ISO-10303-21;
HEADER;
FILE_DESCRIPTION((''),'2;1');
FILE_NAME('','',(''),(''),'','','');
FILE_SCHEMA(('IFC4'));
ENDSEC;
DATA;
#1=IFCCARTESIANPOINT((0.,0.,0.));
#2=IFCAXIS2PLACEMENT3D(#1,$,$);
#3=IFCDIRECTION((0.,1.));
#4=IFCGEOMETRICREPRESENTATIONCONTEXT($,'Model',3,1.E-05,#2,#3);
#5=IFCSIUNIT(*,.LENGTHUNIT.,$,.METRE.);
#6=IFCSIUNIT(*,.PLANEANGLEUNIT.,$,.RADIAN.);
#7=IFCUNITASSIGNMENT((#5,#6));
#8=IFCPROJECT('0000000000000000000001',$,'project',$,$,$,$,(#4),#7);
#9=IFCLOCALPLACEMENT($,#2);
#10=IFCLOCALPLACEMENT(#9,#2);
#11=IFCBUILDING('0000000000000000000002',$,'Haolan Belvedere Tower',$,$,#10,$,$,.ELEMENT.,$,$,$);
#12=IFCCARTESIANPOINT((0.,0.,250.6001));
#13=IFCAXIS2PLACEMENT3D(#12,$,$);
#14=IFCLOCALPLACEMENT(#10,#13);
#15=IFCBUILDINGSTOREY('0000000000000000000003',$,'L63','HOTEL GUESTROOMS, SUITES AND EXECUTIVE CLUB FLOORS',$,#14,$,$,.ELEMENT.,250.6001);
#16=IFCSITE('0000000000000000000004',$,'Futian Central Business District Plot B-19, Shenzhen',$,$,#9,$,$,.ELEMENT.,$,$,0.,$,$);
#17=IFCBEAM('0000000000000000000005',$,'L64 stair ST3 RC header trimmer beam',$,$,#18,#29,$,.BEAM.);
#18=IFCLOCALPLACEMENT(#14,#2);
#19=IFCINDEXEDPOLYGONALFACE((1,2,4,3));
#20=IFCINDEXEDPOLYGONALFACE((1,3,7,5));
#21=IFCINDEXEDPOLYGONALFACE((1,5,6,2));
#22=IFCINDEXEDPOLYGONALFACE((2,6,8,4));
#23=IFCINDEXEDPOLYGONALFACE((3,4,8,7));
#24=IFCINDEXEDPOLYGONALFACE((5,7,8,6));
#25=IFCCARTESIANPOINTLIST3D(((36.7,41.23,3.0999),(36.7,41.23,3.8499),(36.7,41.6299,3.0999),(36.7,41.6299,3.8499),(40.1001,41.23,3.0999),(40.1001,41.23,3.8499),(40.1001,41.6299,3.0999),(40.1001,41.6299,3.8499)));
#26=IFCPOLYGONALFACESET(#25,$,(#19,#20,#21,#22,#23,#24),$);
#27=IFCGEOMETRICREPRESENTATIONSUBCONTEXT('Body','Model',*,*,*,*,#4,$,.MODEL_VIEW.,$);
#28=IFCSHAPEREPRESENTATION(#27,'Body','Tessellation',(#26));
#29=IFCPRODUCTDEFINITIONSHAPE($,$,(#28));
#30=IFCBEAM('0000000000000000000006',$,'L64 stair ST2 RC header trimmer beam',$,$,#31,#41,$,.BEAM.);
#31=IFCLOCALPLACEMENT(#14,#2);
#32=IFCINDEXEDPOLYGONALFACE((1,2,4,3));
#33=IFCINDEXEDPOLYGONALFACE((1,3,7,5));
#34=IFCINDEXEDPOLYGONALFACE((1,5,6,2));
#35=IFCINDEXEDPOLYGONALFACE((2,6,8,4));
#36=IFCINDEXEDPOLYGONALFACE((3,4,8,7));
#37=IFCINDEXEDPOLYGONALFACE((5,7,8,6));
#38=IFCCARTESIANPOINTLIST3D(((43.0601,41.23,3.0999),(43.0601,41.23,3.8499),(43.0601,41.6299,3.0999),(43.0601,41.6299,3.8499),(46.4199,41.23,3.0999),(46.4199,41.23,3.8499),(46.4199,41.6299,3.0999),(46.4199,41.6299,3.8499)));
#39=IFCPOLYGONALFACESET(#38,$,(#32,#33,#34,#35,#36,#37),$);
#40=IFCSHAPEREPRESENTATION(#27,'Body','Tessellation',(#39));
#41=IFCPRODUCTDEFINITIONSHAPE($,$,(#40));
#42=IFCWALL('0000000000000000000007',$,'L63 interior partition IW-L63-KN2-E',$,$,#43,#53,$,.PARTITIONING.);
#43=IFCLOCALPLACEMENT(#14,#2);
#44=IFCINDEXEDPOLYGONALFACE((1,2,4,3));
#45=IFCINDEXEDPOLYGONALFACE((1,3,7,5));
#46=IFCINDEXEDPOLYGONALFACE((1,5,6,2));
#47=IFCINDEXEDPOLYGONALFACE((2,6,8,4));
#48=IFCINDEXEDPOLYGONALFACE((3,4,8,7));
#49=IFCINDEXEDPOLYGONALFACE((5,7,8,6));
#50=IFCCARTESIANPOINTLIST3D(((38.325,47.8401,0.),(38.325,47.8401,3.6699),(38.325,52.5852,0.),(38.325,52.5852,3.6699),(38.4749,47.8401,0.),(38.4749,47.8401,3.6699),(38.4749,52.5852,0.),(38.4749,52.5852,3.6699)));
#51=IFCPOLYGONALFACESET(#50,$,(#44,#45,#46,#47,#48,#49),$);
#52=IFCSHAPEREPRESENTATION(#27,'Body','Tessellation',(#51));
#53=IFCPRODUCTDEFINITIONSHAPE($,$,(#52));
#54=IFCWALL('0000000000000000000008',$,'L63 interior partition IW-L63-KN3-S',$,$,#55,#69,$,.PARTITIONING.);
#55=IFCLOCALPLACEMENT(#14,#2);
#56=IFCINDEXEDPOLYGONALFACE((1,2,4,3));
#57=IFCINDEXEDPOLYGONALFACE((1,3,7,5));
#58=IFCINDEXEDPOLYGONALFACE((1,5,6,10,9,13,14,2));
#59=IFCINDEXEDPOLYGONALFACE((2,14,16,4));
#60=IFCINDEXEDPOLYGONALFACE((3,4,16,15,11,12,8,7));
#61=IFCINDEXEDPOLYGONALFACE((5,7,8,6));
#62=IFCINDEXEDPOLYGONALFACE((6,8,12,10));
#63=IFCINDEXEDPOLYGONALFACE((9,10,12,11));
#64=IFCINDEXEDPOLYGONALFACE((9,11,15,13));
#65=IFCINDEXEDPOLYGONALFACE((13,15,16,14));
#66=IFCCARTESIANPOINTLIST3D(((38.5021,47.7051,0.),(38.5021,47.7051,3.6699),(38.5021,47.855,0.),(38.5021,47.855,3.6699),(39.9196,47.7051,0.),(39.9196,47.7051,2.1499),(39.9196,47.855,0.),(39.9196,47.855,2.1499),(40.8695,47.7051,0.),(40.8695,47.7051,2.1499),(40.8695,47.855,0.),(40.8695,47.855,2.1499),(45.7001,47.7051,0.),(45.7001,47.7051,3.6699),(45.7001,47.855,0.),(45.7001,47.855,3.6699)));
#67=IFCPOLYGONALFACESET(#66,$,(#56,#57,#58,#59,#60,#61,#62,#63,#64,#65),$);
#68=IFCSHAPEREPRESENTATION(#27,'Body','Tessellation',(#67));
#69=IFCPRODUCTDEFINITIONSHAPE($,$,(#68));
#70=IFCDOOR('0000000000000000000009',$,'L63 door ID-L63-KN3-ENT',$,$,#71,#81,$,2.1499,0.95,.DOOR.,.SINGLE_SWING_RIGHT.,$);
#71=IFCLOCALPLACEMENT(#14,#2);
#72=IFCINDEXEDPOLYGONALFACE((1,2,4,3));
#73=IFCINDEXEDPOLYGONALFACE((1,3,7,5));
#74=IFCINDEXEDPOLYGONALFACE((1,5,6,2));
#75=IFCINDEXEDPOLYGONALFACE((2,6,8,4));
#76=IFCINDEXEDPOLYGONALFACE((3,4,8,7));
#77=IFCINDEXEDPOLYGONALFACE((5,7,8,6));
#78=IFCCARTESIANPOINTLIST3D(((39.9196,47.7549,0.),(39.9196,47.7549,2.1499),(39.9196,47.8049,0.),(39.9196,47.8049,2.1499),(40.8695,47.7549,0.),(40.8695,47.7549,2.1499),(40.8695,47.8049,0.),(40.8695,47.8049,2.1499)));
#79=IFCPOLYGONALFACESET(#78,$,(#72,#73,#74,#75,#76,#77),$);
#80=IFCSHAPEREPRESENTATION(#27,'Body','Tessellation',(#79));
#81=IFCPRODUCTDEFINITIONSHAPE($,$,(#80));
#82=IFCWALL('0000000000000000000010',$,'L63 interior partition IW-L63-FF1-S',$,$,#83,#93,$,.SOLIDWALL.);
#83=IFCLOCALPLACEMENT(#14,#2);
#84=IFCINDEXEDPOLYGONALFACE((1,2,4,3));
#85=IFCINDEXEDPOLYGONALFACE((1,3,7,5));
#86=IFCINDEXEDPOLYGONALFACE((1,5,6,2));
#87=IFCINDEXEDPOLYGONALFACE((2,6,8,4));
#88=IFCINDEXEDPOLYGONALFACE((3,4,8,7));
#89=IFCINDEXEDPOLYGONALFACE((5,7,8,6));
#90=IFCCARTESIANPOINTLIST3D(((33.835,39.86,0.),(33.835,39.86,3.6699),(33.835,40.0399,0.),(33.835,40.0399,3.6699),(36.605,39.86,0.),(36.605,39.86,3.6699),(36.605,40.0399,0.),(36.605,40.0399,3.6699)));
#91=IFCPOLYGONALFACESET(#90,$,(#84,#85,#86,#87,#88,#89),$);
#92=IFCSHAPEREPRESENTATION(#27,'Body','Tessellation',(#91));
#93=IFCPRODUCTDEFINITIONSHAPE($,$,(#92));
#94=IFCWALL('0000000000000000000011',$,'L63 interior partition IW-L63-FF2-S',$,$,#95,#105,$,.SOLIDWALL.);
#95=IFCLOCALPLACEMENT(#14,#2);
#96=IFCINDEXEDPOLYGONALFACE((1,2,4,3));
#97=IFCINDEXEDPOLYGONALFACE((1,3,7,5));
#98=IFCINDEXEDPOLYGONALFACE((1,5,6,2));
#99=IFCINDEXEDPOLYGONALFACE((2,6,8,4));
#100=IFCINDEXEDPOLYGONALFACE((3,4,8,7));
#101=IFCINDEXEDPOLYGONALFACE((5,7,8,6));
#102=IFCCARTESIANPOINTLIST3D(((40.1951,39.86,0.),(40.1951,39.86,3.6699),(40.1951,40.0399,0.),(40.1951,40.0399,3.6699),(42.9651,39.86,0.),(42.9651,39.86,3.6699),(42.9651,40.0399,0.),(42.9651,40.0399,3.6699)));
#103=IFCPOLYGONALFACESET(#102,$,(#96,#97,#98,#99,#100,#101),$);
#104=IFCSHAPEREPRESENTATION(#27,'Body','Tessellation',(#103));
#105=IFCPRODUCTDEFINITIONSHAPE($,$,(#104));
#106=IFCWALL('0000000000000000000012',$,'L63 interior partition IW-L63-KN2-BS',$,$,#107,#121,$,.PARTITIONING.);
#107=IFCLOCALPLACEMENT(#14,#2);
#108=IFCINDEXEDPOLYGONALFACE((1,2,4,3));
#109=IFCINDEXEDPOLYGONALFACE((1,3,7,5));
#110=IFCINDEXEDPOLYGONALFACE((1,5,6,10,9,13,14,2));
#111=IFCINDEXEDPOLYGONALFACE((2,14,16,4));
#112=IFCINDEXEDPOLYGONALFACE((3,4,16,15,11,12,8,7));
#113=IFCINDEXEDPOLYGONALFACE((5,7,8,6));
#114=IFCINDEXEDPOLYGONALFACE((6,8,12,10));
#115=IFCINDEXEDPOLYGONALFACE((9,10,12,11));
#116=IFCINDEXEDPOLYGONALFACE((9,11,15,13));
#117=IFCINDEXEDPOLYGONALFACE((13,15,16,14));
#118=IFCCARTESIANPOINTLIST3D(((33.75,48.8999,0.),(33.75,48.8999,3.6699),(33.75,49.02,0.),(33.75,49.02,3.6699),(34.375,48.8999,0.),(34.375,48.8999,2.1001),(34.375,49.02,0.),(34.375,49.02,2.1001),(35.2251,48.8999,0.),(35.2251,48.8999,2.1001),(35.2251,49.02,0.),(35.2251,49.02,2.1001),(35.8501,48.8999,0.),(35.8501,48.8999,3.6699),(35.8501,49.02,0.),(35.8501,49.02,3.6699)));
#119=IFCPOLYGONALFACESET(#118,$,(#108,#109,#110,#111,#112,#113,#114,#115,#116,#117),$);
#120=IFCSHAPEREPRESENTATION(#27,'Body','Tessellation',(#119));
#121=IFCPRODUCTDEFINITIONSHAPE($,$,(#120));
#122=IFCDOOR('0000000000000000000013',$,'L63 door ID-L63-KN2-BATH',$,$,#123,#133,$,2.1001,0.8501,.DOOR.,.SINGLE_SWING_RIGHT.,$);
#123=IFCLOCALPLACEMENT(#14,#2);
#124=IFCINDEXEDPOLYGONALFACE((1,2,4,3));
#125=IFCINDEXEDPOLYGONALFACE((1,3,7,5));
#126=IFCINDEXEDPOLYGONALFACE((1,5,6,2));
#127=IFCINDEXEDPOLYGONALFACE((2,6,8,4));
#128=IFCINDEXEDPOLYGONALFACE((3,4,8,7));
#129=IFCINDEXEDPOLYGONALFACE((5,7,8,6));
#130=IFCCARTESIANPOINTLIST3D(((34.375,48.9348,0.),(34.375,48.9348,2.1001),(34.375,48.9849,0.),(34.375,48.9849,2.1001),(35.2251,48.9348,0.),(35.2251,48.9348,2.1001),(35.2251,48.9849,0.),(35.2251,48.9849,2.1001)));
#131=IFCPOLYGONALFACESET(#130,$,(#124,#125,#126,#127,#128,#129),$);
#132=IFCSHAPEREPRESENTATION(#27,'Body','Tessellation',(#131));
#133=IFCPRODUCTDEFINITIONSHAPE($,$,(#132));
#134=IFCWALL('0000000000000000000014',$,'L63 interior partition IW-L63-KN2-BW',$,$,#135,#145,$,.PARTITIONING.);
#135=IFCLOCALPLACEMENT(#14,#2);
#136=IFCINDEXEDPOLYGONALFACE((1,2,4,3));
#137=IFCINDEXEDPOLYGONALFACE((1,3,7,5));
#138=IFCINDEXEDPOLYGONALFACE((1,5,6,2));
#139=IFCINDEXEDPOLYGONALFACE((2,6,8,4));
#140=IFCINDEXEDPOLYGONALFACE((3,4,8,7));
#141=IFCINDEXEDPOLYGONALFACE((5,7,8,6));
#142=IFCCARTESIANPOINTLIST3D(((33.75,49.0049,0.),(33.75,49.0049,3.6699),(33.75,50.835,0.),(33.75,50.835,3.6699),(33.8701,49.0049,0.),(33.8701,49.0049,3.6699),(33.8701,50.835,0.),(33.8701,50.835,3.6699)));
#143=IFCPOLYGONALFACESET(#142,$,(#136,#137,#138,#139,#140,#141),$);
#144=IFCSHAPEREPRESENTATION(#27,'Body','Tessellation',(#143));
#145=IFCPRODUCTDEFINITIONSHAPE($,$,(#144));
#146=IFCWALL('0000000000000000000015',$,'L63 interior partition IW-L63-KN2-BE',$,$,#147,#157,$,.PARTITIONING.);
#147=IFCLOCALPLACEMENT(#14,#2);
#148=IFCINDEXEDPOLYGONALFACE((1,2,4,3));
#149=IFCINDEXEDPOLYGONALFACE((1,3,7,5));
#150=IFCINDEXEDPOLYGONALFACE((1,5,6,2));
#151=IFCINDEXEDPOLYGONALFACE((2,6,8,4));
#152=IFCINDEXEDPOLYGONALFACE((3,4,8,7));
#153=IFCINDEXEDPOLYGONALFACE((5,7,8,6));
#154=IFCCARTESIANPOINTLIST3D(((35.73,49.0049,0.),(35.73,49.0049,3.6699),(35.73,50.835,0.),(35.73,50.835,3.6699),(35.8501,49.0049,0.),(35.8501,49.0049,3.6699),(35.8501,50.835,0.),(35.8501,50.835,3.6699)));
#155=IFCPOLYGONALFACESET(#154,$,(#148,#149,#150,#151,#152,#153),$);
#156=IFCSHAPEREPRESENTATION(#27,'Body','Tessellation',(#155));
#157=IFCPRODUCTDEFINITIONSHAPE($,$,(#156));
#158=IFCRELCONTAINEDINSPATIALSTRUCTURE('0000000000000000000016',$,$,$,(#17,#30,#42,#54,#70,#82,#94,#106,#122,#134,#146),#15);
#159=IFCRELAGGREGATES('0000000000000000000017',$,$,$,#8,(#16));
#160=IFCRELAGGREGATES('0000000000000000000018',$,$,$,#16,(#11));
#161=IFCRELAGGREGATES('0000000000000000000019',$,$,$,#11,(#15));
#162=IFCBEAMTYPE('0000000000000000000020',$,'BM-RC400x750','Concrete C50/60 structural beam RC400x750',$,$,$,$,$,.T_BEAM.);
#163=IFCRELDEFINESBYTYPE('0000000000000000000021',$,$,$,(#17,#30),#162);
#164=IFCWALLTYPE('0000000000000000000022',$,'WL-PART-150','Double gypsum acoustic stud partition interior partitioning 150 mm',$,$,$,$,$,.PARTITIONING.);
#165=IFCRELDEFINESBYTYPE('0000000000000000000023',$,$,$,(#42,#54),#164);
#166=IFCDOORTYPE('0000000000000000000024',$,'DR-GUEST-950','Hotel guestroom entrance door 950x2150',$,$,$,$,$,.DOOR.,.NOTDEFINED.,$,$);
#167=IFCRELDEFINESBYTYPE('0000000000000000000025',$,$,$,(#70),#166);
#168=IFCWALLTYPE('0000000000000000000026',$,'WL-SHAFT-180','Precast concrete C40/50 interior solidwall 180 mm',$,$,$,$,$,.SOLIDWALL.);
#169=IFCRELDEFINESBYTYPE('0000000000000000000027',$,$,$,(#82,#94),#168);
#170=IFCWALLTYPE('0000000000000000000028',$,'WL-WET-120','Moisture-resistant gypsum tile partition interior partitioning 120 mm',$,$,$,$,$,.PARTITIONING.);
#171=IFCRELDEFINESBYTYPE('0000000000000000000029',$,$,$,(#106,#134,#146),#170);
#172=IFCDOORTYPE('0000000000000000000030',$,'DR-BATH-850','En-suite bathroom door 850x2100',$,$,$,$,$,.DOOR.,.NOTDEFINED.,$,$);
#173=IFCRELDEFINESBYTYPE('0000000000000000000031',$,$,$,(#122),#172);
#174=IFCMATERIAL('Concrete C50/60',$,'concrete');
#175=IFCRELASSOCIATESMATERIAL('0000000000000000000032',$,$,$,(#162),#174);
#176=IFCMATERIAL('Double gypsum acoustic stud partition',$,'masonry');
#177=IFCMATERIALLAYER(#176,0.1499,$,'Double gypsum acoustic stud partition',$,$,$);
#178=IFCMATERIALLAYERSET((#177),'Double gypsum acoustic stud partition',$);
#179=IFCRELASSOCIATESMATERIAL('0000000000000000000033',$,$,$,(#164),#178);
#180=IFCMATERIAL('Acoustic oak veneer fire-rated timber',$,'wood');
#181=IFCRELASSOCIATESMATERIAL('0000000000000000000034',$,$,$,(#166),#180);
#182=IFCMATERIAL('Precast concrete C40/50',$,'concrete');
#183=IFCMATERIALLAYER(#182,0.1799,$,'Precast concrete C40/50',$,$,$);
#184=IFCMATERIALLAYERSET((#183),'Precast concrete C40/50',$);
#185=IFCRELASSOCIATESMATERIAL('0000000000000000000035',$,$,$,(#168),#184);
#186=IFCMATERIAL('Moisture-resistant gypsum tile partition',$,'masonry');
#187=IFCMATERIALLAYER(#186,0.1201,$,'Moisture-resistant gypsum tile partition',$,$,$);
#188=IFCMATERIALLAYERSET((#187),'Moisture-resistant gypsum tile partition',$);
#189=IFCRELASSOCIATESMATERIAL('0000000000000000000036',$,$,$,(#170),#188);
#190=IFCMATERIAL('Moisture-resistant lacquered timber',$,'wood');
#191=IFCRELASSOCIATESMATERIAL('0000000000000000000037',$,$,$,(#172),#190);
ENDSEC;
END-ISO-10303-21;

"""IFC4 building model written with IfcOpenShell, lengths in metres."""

from ifc_helpers import new_model, si_unit, direction, frame, frame_2d, origin, origin_2d, place, context, subcontext, project, spatial, rectangle, extrude, material, layer, layer_set, material_profile, profile_set, type_object, element, fill, save


model = new_model("IFC4")

# Units and contexts
model_context = context("Model", 3, precision=1e-05, world=origin(), true_north=direction((0.0, 1.0)))
body_context = subcontext(model_context, "Body", "Model", "MODEL_VIEW")
ifc_project = project(units=[si_unit("LENGTHUNIT", "METRE"), si_unit("PLANEANGLEUNIT", "RADIAN")], contexts=[model_context])

# Site, building, storey
site_placement = place(None, origin())
site = spatial("IfcSite", under=ifc_project, at=site_placement, Name="Futian Central Business District Plot B-19, Shenzhen", CompositionType="ELEMENT", RefElevation=0.0)
building_placement = place(site_placement, origin())
building = spatial("IfcBuilding", under=site, at=building_placement, Name="Haolan Belvedere Tower", CompositionType="ELEMENT")
storey_placement = place(building_placement, frame((0.0, 0.0, 250.6001)))
storey = spatial("IfcBuildingStorey", under=building, at=storey_placement, Name="L63", Description="HOTEL GUESTROOMS, SUITES AND EXECUTIVE CLUB FLOORS", CompositionType="ELEMENT", Elevation=250.6001)

# Beams
ifc_material_1 = material(Name="Concrete C50/60", Category="concrete")
ifc_material_profile = material_profile(ifc_material_1, rectangle(XDim=0.3999, YDim=0.75, at=origin_2d()), Name="Concrete C50/60")
ifc_profile_set = profile_set([ifc_material_profile], Name="Concrete C50/60")
beam_type = type_object("IfcBeamType", Name="BM-RC400x750", Description="Concrete C50/60 structural beam RC400x750", PredefinedType="T_BEAM", material=ifc_profile_set)
beam_1_placement = place(storey_placement, frame((36.7, 41.4299, 3.4749), z_axis=(1.0, 0.0, 0.0), x_axis=(0.0, 1.0, 0.0)))
element("IfcBeam", 1, at=beam_1_placement, inside=storey, type_object=beam_type, Name="L64 stair ST3 RC header trimmer beam", PredefinedType="BEAM", context=body_context, shape_type="SweptSolid", body=[
    extrude(rectangle(XDim=0.3999, YDim=0.75, at=origin_2d()), origin(), (0.0, 0.0, 1.0), 3.4001),
])
beam_2_placement = place(storey_placement, frame((43.0601, 41.4299, 3.4749), z_axis=(1.0, 0.0, 0.0), x_axis=(0.0, 1.0, 0.0)))
element("IfcBeam", 2, at=beam_2_placement, inside=storey, type_object=beam_type, Name="L64 stair ST2 RC header trimmer beam", PredefinedType="BEAM", context=body_context, shape_type="SweptSolid", body=[
    extrude(rectangle(XDim=0.3999, YDim=0.75, at=origin_2d()), origin(), (0.0, 0.0, 1.0), 3.3599),
])

# Wall
ifc_material_2 = material(Name="Double gypsum acoustic stud partition", Category="masonry")
ifc_layer_1 = layer(ifc_material_2, 0.1499, Name="Double gypsum acoustic stud partition")
ifc_layer_set_1 = layer_set([ifc_layer_1], Name="Double gypsum acoustic stud partition")
wall_type_1 = type_object("IfcWallType", Name="WL-PART-150", Description="Double gypsum acoustic stud partition interior partitioning 150 mm", PredefinedType="PARTITIONING", material=ifc_layer_set_1)
wall_1_placement = place(storey_placement, frame((38.3999, 47.8401, 0.0), z_axis=(0.0, 0.0, 1.0), x_axis=(0.0, 1.0, 0.0)))
element("IfcWall", 3, at=wall_1_placement, inside=storey, type_object=wall_type_1, Name="L63 interior partition IW-L63-KN2-E", PredefinedType="PARTITIONING", context=body_context, shape_type="SweptSolid", body=[
    extrude(rectangle(XDim=4.7451, YDim=0.1499, at=frame_2d((2.3726, 0.0))), origin(), (0.0, 0.0, 1.0), 3.6699),
])

# Wall, opening, door
wall_2_placement = place(storey_placement, frame((38.502, 47.78, 0.0), z_axis=(0.0, 0.0, 1.0), x_axis=(1.0, 0.0, 0.0)))
wall_2 = element("IfcWall", 4, at=wall_2_placement, inside=storey, type_object=wall_type_1, Name="L63 interior partition IW-L63-KN3-S", PredefinedType="PARTITIONING", context=body_context, shape_type="SweptSolid", body=[
    extrude(rectangle(XDim=7.198, YDim=0.1499, at=frame_2d((3.5991, 0.0))), origin(), (0.0, 0.0, 1.0), 3.6699),
])
opening_1_placement = place(wall_2_placement, frame((1.4175, 0.0, 0.0)))
opening_1 = element("IfcOpeningElement", 5, at=opening_1_placement, cuts=wall_2, PredefinedType="OPENING", context=body_context, shape_type="SweptSolid", body=[
    extrude(rectangle(XDim=0.95, YDim=2.1499, at=frame_2d((0.4751, 1.075))), frame((0.0, 0.085, 0.0), z_axis=(0.0, -1.0, 0.0), x_axis=(1.0, 0.0, 0.0)), (0.0, 0.0, 1.0), 0.1699),
])
ifc_material_3 = material(Name="Acoustic oak veneer fire-rated timber", Category="wood")
door_type_1 = type_object("IfcDoorType", Name="DR-GUEST-950", Description="Hotel guestroom entrance door 950x2150", OperationType="NOTDEFINED", PredefinedType="DOOR", material=ifc_material_3)
door_1_placement = place(opening_1_placement, origin())
door_1 = element("IfcDoor", 6, at=door_1_placement, inside=storey, type_object=door_type_1, Name="L63 door ID-L63-KN3-ENT", OperationType="SINGLE_SWING_RIGHT", OverallHeight=2.1499, OverallWidth=0.95, PredefinedType="DOOR", context=body_context, shape_type="SweptSolid", body=[
    extrude(rectangle(XDim=0.95, YDim=2.1499, at=frame_2d((0.4751, 1.075))), frame((0.0, 0.0249, 0.0), z_axis=(0.0, -1.0, 0.0), x_axis=(1.0, 0.0, 0.0)), (0.0, 0.0, 1.0), 0.05),
])
fill(opening_1, door_1)

# Walls
ifc_material_4 = material(Name="Precast concrete C40/50", Category="concrete")
ifc_layer_2 = layer(ifc_material_4, 0.1799, Name="Precast concrete C40/50")
ifc_layer_set_2 = layer_set([ifc_layer_2], Name="Precast concrete C40/50")
wall_type_2 = type_object("IfcWallType", Name="WL-SHAFT-180", Description="Precast concrete C40/50 interior solidwall 180 mm", PredefinedType="SOLIDWALL", material=ifc_layer_set_2)
for number, where, z_axis, x_axis, name in (
    (7, (33.835, 39.95, 0.0), (0.0, 0.0, 1.0), (1.0, 0.0, 0.0), "L63 interior partition IW-L63-FF1-S"),
    (8, (40.1951, 39.95, 0.0), (0.0, 0.0, 1.0), (1.0, 0.0, 0.0), "L63 interior partition IW-L63-FF2-S"),
):
    element("IfcWall", number, at=place(storey_placement, frame(where, z_axis=z_axis, x_axis=x_axis)), inside=storey, type_object=wall_type_2, Name=name, PredefinedType="SOLIDWALL", context=body_context, shape_type="SweptSolid", body=[
        extrude(rectangle(XDim=2.77, YDim=0.1799, at=frame_2d((1.385, 0.0))), origin(), (0.0, 0.0, 1.0), 3.6699),
    ])

# Wall, opening, door
ifc_material_5 = material(Name="Moisture-resistant gypsum tile partition", Category="masonry")
ifc_layer_3 = layer(ifc_material_5, 0.1201, Name="Moisture-resistant gypsum tile partition")
ifc_layer_set_3 = layer_set([ifc_layer_3], Name="Moisture-resistant gypsum tile partition")
wall_type_3 = type_object("IfcWallType", Name="WL-WET-120", Description="Moisture-resistant gypsum tile partition interior partitioning 120 mm", PredefinedType="PARTITIONING", material=ifc_layer_set_3)
wall_3_placement = place(storey_placement, frame((33.75, 48.96, 0.0), z_axis=(0.0, 0.0, 1.0), x_axis=(1.0, 0.0, 0.0)))
wall_3 = element("IfcWall", 9, at=wall_3_placement, inside=storey, type_object=wall_type_3, Name="L63 interior partition IW-L63-KN2-BS", PredefinedType="PARTITIONING", context=body_context, shape_type="SweptSolid", body=[
    extrude(rectangle(XDim=2.1001, YDim=0.1201, at=frame_2d((1.05, 0.0))), origin(), (0.0, 0.0, 1.0), 3.6699),
])
opening_2_placement = place(wall_3_placement, frame((0.625, 0.0, 0.0)))
opening_2 = element("IfcOpeningElement", 10, at=opening_2_placement, cuts=wall_3, PredefinedType="OPENING", context=body_context, shape_type="SweptSolid", body=[
    extrude(rectangle(XDim=0.8501, YDim=2.1001, at=frame_2d((0.425, 1.05))), frame((0.0, 0.0701, 0.0), z_axis=(0.0, -1.0, 0.0), x_axis=(1.0, 0.0, 0.0)), (0.0, 0.0, 1.0), 0.1401),
])
ifc_material_6 = material(Name="Moisture-resistant lacquered timber", Category="wood")
door_type_2 = type_object("IfcDoorType", Name="DR-BATH-850", Description="En-suite bathroom door 850x2100", OperationType="NOTDEFINED", PredefinedType="DOOR", material=ifc_material_6)
door_2_placement = place(opening_2_placement, origin())
door_2 = element("IfcDoor", 11, at=door_2_placement, inside=storey, type_object=door_type_2, Name="L63 door ID-L63-KN2-BATH", OperationType="SINGLE_SWING_RIGHT", OverallHeight=2.1001, OverallWidth=0.8501, PredefinedType="DOOR", context=body_context, shape_type="SweptSolid", body=[
    extrude(rectangle(XDim=0.8501, YDim=2.1001, at=frame_2d((0.425, 1.05))), frame((0.0, 0.0249, 0.0), z_axis=(0.0, -1.0, 0.0), x_axis=(1.0, 0.0, 0.0)), (0.0, 0.0, 1.0), 0.05),
])
fill(opening_2, door_2)

# Walls
for number, where, z_axis, x_axis, name in (
    (12, (33.8101, 49.0049, 0.0), (0.0, 0.0, 1.0), (0.0, 1.0, 0.0), "L63 interior partition IW-L63-KN2-BW"),
    (13, (35.79, 49.0049, 0.0), (0.0, 0.0, 1.0), (0.0, 1.0, 0.0), "L63 interior partition IW-L63-KN2-BE"),
):
    element("IfcWall", number, at=place(storey_placement, frame(where, z_axis=z_axis, x_axis=x_axis)), inside=storey, type_object=wall_type_3, Name=name, PredefinedType="PARTITIONING", context=body_context, shape_type="SweptSolid", body=[
        extrude(rectangle(XDim=1.8301, YDim=0.1201, at=frame_2d((0.915, 0.0))), origin(), (0.0, 0.0, 1.0), 3.6699),
    ])

save(model, "model.ifc")
